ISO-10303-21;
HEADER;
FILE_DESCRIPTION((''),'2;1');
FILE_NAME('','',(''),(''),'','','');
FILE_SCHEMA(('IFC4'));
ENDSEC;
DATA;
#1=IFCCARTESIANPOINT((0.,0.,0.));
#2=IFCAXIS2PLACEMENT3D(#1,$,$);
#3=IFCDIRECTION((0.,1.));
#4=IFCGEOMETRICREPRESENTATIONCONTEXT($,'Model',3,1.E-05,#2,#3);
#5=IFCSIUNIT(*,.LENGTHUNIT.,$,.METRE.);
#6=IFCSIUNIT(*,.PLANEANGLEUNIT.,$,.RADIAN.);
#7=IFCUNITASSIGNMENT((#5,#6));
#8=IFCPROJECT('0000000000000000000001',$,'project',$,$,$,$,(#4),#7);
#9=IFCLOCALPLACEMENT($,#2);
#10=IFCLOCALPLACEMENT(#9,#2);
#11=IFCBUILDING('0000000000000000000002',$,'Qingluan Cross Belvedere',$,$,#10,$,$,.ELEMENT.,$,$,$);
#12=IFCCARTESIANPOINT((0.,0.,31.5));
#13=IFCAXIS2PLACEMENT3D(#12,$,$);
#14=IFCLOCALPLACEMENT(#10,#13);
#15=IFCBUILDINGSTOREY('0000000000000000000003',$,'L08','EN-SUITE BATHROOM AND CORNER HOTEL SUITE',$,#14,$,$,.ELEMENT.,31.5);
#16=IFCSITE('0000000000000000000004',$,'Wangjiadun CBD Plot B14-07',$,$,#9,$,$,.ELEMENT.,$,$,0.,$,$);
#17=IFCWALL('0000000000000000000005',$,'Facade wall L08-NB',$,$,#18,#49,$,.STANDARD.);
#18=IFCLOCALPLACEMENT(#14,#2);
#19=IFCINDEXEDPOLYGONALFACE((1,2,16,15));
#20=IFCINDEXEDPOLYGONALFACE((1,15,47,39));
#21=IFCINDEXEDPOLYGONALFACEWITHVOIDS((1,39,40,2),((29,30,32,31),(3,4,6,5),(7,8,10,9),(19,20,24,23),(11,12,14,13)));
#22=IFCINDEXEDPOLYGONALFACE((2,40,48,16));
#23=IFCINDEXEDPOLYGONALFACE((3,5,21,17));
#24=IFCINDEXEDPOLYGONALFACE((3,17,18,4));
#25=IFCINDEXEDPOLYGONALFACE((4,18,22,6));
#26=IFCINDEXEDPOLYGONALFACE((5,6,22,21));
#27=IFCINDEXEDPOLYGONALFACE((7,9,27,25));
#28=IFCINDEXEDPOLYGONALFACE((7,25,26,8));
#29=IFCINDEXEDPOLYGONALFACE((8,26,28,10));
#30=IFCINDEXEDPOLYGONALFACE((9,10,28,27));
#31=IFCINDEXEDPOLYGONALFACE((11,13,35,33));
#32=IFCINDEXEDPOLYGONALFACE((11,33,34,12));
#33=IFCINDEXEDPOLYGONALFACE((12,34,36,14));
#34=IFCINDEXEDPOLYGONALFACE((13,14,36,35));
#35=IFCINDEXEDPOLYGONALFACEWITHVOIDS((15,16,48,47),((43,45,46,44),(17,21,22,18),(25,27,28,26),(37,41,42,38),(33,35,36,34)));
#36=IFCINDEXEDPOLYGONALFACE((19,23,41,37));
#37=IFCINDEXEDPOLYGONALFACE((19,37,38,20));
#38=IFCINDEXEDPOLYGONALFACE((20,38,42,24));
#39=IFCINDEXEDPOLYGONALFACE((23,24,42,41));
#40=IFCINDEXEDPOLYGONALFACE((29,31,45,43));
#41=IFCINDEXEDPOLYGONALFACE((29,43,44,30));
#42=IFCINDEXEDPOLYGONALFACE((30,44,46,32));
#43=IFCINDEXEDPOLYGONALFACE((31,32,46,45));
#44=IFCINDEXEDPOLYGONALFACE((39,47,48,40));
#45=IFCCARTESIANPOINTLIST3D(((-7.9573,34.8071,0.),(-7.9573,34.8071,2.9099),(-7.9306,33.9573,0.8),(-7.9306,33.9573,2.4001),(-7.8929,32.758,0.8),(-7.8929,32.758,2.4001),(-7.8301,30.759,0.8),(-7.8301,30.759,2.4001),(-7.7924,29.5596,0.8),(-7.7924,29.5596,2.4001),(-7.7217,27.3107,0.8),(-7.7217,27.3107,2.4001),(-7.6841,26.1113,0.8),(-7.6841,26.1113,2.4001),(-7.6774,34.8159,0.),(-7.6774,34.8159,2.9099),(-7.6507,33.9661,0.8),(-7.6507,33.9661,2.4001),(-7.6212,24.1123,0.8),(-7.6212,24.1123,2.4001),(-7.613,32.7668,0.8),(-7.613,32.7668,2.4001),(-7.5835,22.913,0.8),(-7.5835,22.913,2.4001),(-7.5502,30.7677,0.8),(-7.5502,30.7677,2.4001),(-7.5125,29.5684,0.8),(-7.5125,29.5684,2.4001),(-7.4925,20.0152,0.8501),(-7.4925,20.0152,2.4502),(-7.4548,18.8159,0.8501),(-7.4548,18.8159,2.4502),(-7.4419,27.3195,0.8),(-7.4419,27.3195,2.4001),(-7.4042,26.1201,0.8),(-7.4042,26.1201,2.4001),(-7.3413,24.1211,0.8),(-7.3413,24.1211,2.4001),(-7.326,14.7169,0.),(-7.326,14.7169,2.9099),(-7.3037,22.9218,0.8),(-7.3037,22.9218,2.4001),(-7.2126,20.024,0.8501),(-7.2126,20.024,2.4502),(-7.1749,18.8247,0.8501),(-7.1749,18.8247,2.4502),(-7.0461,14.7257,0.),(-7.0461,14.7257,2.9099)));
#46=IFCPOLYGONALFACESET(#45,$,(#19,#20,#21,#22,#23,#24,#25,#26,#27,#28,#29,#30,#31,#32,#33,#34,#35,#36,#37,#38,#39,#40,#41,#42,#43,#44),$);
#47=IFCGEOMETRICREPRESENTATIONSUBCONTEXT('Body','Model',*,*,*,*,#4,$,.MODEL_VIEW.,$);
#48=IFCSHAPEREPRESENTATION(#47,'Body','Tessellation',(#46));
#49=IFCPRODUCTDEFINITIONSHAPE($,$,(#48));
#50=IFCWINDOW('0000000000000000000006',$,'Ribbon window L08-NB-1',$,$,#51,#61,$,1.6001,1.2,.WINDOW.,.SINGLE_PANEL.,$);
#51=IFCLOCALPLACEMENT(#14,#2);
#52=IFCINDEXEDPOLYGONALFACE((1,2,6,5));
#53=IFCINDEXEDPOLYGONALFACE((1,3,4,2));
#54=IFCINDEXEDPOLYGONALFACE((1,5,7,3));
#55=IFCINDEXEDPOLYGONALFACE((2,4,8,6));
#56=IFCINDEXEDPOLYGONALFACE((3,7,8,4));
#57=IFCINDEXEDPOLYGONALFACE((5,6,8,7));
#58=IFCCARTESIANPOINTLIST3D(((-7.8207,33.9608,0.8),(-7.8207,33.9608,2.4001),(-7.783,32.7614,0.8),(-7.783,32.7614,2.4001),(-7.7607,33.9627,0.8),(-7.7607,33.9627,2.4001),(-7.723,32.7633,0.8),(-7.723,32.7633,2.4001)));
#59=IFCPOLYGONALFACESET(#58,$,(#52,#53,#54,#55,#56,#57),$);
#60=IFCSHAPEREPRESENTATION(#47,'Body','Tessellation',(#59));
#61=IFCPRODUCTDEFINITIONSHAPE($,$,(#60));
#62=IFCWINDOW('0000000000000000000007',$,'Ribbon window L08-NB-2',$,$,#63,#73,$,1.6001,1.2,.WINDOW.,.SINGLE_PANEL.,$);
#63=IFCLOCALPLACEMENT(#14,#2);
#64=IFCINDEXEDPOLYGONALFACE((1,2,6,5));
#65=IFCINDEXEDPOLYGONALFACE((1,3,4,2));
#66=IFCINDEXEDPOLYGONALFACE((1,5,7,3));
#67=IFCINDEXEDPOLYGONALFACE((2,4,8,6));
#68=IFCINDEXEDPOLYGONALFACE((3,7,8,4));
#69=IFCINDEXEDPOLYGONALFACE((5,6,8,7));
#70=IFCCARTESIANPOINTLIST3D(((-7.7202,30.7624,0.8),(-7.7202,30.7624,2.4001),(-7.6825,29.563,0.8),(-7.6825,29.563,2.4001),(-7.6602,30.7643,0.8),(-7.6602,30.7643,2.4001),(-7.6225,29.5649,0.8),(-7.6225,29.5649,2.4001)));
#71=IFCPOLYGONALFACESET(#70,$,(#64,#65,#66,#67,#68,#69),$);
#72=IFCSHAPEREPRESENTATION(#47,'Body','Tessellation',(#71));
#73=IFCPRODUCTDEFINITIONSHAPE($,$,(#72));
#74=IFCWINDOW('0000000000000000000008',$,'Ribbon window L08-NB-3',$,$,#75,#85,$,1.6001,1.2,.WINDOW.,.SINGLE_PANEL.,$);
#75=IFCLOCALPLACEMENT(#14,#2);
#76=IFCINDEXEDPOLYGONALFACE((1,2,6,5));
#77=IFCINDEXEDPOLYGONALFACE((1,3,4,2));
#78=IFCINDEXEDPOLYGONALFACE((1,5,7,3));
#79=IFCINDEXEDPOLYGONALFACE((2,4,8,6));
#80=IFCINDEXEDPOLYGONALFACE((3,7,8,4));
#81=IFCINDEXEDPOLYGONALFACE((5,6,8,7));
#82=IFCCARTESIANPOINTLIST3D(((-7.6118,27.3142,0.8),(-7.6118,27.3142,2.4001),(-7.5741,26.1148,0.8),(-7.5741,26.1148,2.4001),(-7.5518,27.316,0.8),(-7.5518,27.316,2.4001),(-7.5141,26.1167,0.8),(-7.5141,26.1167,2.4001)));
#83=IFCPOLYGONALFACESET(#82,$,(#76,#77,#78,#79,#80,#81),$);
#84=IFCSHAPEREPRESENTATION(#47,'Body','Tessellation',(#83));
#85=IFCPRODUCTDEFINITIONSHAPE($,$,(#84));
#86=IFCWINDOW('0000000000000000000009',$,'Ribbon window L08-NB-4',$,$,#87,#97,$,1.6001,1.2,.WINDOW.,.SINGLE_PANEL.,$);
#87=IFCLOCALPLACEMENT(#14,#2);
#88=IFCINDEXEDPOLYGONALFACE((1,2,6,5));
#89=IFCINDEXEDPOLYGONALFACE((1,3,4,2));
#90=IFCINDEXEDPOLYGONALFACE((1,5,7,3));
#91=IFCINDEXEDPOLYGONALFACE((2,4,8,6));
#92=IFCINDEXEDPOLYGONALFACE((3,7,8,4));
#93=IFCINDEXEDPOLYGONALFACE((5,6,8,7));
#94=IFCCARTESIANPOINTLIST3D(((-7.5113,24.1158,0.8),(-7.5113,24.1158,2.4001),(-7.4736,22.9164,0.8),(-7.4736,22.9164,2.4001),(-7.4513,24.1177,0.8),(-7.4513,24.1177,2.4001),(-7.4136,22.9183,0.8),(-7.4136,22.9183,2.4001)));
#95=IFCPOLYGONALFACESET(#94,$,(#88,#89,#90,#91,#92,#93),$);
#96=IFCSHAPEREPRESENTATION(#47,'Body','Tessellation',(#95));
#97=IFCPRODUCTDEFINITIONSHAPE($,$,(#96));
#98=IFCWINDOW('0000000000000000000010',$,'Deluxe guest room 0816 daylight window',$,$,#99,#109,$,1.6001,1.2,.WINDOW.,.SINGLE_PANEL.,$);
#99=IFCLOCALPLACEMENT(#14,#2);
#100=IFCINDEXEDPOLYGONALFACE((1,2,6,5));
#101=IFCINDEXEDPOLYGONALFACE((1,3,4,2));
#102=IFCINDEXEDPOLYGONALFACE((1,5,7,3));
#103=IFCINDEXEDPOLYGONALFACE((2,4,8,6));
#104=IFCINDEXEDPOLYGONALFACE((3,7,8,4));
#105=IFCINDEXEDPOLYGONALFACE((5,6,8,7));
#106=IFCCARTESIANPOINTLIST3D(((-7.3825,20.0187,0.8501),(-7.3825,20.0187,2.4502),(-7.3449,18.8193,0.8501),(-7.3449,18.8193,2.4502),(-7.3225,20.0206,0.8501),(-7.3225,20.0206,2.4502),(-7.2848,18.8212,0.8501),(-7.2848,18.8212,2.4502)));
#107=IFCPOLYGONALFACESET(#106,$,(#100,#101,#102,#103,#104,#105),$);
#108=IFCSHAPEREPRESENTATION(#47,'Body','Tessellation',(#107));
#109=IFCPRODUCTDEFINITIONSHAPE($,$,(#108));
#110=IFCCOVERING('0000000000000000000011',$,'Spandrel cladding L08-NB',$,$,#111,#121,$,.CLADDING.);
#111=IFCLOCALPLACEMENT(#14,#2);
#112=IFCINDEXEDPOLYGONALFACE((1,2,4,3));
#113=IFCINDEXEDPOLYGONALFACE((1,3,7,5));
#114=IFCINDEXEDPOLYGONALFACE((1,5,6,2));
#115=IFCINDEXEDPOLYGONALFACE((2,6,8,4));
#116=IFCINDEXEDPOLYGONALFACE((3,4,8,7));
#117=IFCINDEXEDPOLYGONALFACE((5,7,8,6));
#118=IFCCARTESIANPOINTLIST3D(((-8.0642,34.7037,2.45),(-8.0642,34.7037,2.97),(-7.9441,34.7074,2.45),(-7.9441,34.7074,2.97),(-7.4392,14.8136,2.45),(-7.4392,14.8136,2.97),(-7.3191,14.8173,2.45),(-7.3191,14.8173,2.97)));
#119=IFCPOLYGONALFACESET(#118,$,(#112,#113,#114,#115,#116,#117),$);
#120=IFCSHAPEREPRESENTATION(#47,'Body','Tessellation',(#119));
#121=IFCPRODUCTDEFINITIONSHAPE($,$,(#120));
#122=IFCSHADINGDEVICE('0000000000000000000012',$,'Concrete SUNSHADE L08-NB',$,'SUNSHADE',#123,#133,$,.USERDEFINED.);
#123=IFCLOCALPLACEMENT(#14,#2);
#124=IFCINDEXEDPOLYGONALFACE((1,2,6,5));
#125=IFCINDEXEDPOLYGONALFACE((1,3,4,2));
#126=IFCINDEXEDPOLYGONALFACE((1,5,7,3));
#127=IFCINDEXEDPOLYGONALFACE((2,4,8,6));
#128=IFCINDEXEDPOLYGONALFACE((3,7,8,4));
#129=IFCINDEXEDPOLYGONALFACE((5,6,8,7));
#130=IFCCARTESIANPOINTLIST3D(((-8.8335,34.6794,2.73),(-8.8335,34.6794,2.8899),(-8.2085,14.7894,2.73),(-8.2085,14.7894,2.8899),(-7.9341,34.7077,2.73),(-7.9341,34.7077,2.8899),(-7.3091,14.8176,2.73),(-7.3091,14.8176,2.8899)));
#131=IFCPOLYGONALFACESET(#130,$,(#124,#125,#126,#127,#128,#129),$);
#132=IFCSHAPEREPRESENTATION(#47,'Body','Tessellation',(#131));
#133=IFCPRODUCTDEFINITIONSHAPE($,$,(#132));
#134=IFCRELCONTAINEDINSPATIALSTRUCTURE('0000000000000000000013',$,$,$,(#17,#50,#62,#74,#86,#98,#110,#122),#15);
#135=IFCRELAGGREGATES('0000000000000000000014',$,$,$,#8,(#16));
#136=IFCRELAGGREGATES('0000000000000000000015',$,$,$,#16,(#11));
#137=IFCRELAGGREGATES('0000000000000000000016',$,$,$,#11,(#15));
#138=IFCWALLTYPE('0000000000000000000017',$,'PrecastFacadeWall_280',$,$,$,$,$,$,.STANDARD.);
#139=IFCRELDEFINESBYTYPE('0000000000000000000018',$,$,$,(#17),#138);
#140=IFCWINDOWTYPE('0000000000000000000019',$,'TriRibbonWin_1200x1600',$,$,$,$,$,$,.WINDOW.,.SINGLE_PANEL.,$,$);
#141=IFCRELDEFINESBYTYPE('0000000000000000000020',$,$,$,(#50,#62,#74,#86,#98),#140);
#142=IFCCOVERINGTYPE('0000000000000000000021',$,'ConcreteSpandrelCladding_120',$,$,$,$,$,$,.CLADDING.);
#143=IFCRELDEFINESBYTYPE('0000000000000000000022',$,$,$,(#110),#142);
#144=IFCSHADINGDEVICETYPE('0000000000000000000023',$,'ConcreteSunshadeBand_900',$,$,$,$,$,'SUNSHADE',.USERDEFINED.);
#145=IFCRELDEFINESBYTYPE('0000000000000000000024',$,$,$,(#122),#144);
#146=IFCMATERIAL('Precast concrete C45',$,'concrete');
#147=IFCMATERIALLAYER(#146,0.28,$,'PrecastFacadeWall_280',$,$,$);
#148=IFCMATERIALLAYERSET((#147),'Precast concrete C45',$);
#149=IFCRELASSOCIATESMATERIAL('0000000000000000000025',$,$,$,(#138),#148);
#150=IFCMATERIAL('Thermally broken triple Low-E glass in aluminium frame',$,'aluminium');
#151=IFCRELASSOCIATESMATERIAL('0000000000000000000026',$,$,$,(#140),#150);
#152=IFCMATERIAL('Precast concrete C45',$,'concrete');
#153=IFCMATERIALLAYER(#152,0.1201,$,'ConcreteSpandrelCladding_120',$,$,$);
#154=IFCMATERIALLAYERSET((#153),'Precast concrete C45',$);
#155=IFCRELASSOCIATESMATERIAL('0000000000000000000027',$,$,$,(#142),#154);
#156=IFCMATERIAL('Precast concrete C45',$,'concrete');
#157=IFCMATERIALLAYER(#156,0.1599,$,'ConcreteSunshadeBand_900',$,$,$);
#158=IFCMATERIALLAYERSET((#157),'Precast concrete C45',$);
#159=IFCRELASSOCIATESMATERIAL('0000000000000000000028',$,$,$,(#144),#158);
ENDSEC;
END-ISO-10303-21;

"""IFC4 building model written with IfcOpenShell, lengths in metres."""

from ifc_helpers import new_model, si_unit, direction, frame, frame_2d, origin, origin_2d, place, context, subcontext, project, spatial, rectangle, extrude, material, layer, layer_set, type_object, element, fill, save


model = new_model("IFC4")

# Units and contexts
model_context = context("Model", 3, precision=1e-05, world=origin(), true_north=direction((0.0, 1.0)))
body_context = subcontext(model_context, "Body", "Model", "MODEL_VIEW")
ifc_project = project(units=[si_unit("LENGTHUNIT", "METRE"), si_unit("PLANEANGLEUNIT", "RADIAN")], contexts=[model_context])

# Site, building, storey
site_placement = place(None, origin())
site = spatial("IfcSite", under=ifc_project, at=site_placement, Name="Wangjiadun CBD Plot B14-07", CompositionType="ELEMENT", RefElevation=0.0)
building_placement = place(site_placement, origin())
building = spatial("IfcBuilding", under=site, at=building_placement, Name="Qingluan Cross Belvedere", CompositionType="ELEMENT")
storey_placement = place(building_placement, frame((0.0, 0.0, 31.5)))
storey = spatial("IfcBuildingStorey", under=building, at=storey_placement, Name="L08", Description="EN-SUITE BATHROOM AND CORNER HOTEL SUITE", CompositionType="ELEMENT", Elevation=31.5)

# Wall, openings, windows
ifc_material_1 = material(Name="Precast concrete C45", Category="concrete")
ifc_layer_1 = layer(ifc_material_1, 0.28, Name="PrecastFacadeWall_280")
ifc_layer_set_1 = layer_set([ifc_layer_1], Name="Precast concrete C45")
wall_type_1 = type_object("IfcWallType", Name="PrecastFacadeWall_280", PredefinedType="STANDARD", material=ifc_layer_set_1)
wall_1_placement = place(storey_placement, frame((-7.8174, 34.8115, 0.0), z_axis=(0.0, 0.0, 1.0), x_axis=(0.03141, -0.999507, 0.0)))
wall_1 = element("IfcWall", 1, at=wall_1_placement, inside=storey, type_object=wall_type_1, Name="Facade wall L08-NB", PredefinedType="STANDARD", context=body_context, shape_type="SweptSolid", body=[
    extrude(rectangle(XDim=20.1001, YDim=0.28, at=frame_2d((10.05, 0.0))), origin(), (0.0, 0.0, 1.0), 2.9099),
])
opening_1_placement = place(wall_1_placement, frame((0.8501, 0.0, 0.8)))
opening_1 = element("IfcOpeningElement", 2, at=opening_1_placement, cuts=wall_1, PredefinedType="OPENING", context=body_context, shape_type="SweptSolid", body=[
    extrude(rectangle(XDim=1.2, YDim=1.6001, at=frame_2d((0.6001, 0.8))), frame((0.0, 0.1499, 0.0), z_axis=(0.0, -1.0, 0.0), x_axis=(1.0, 0.0, 0.0)), (0.0, 0.0, 1.0), 0.3),
])
opening_2_placement = place(wall_1_placement, frame((4.05, 0.0, 0.8)))
opening_2 = element("IfcOpeningElement", 3, at=opening_2_placement, cuts=wall_1, PredefinedType="OPENING", context=body_context, shape_type="SweptSolid", body=[
    extrude(rectangle(XDim=1.2, YDim=1.6001, at=frame_2d((0.6001, 0.8))), frame((0.0, 0.1499, 0.0), z_axis=(0.0, -1.0, 0.0), x_axis=(1.0, 0.0, 0.0)), (0.0, 0.0, 1.0), 0.3),
])
opening_3_placement = place(wall_1_placement, frame((7.5, 0.0, 0.8)))
opening_3 = element("IfcOpeningElement", 4, at=opening_3_placement, cuts=wall_1, PredefinedType="OPENING", context=body_context, shape_type="SweptSolid", body=[
    extrude(rectangle(XDim=1.2, YDim=1.6001, at=frame_2d((0.6001, 0.8))), frame((0.0, 0.1499, 0.0), z_axis=(0.0, -1.0, 0.0), x_axis=(1.0, 0.0, 0.0)), (0.0, 0.0, 1.0), 0.3),
])
opening_4_placement = place(wall_1_placement, frame((10.7, 0.0, 0.8)))
opening_4 = element("IfcOpeningElement", 5, at=opening_4_placement, cuts=wall_1, PredefinedType="OPENING", context=body_context, shape_type="SweptSolid", body=[
    extrude(rectangle(XDim=1.2, YDim=1.6001, at=frame_2d((0.6001, 0.8))), frame((0.0, 0.1499, 0.0), z_axis=(0.0, -1.0, 0.0), x_axis=(1.0, 0.0, 0.0)), (0.0, 0.0, 1.0), 0.3),
])
opening_5_placement = place(wall_1_placement, frame((14.7991, 0.0, 0.8501)))
opening_5 = element("IfcOpeningElement", 6, at=opening_5_placement, cuts=wall_1, PredefinedType="OPENING", context=body_context, shape_type="SweptSolid", body=[
    extrude(rectangle(XDim=1.2, YDim=1.6001, at=frame_2d((0.6001, 0.8))), frame((0.0, 0.1499, 0.0), z_axis=(0.0, -1.0, 0.0), x_axis=(1.0, 0.0, 0.0)), (0.0, 0.0, 1.0), 0.3),
])
ifc_material_2 = material(Name="Thermally broken triple Low-E glass in aluminium frame", Category="aluminium")
window_type = type_object("IfcWindowType", Name="TriRibbonWin_1200x1600", PartitioningType="SINGLE_PANEL", PredefinedType="WINDOW", material=ifc_material_2)
window_1_placement = place(opening_1_placement, origin())
window_1 = element("IfcWindow", 7, at=window_1_placement, inside=storey, type_object=window_type, Name="Ribbon window L08-NB-1", OverallHeight=1.6001, OverallWidth=1.2, PartitioningType="SINGLE_PANEL", PredefinedType="WINDOW", context=body_context, shape_type="SweptSolid", body=[
    extrude(rectangle(XDim=1.2, YDim=1.6001, at=frame_2d((0.6001, 0.8))), frame((0.0, 0.03, 0.0), z_axis=(0.0, -1.0, 0.0), x_axis=(1.0, 0.0, 0.0)), (0.0, 0.0, 1.0), 0.0601),
])
fill(opening_1, window_1)
window_2_placement = place(opening_2_placement, origin())
window_2 = element("IfcWindow", 8, at=window_2_placement, inside=storey, type_object=window_type, Name="Ribbon window L08-NB-2", OverallHeight=1.6001, OverallWidth=1.2, PartitioningType="SINGLE_PANEL", PredefinedType="WINDOW", context=body_context, shape_type="SweptSolid", body=[
    extrude(rectangle(XDim=1.2, YDim=1.6001, at=frame_2d((0.6001, 0.8))), frame((0.0, 0.03, 0.0), z_axis=(0.0, -1.0, 0.0), x_axis=(1.0, 0.0, 0.0)), (0.0, 0.0, 1.0), 0.0601),
])
fill(opening_2, window_2)
window_3_placement = place(opening_3_placement, origin())
window_3 = element("IfcWindow", 9, at=window_3_placement, inside=storey, type_object=window_type, Name="Ribbon window L08-NB-3", OverallHeight=1.6001, OverallWidth=1.2, PartitioningType="SINGLE_PANEL", PredefinedType="WINDOW", context=body_context, shape_type="SweptSolid", body=[
    extrude(rectangle(XDim=1.2, YDim=1.6001, at=frame_2d((0.6001, 0.8))), frame((0.0, 0.03, 0.0), z_axis=(0.0, -1.0, 0.0), x_axis=(1.0, 0.0, 0.0)), (0.0, 0.0, 1.0), 0.0601),
])
fill(opening_3, window_3)
window_4_placement = place(opening_4_placement, origin())
window_4 = element("IfcWindow", 10, at=window_4_placement, inside=storey, type_object=window_type, Name="Ribbon window L08-NB-4", OverallHeight=1.6001, OverallWidth=1.2, PartitioningType="SINGLE_PANEL", PredefinedType="WINDOW", context=body_context, shape_type="SweptSolid", body=[
    extrude(rectangle(XDim=1.2, YDim=1.6001, at=frame_2d((0.6001, 0.8))), frame((0.0, 0.03, 0.0), z_axis=(0.0, -1.0, 0.0), x_axis=(1.0, 0.0, 0.0)), (0.0, 0.0, 1.0), 0.0601),
])
fill(opening_4, window_4)
window_5_placement = place(opening_5_placement, origin())
window_5 = element("IfcWindow", 11, at=window_5_placement, inside=storey, type_object=window_type, Name="Deluxe guest room 0816 daylight window", OverallHeight=1.6001, OverallWidth=1.2, PartitioningType="SINGLE_PANEL", PredefinedType="WINDOW", context=body_context, shape_type="SweptSolid", body=[
    extrude(rectangle(XDim=1.2, YDim=1.6001, at=frame_2d((0.6001, 0.8))), frame((0.0, 0.03, 0.0), z_axis=(0.0, -1.0, 0.0), x_axis=(1.0, 0.0, 0.0)), (0.0, 0.0, 1.0), 0.0601),
])
fill(opening_5, window_5)

# Covering
ifc_material_3 = material(Name="Precast concrete C45", Category="concrete")
ifc_layer_2 = layer(ifc_material_3, 0.1201, Name="ConcreteSpandrelCladding_120")
ifc_layer_set_2 = layer_set([ifc_layer_2], Name="Precast concrete C45")
covering_type = type_object("IfcCoveringType", Name="ConcreteSpandrelCladding_120", PredefinedType="CLADDING", material=ifc_layer_set_2)
covering_placement = place(storey_placement, frame((-7.6917, 24.7605, 2.45), z_axis=(0.0, 0.0, 1.0), x_axis=(0.031408, -0.999507, 0.0)))
element("IfcCovering", 12, at=covering_placement, inside=storey, type_object=covering_type, Name="Spandrel cladding L08-NB", PredefinedType="CLADDING", context=body_context, shape_type="SweptSolid", body=[
    extrude(rectangle(XDim=19.8999, YDim=0.1201, at=origin_2d()), origin(), (0.0, 0.0, 1.0), 0.52),
])

# Shading device
ifc_material_4 = material(Name="Precast concrete C45", Category="concrete")
ifc_layer_3 = layer(ifc_material_4, 0.1599, Name="ConcreteSunshadeBand_900")
ifc_layer_set_3 = layer_set([ifc_layer_3], Name="Precast concrete C45")
shading_device_type = type_object("IfcShadingDeviceType", Name="ConcreteSunshadeBand_900", ElementType="SUNSHADE", PredefinedType="USERDEFINED", material=ifc_layer_set_3)
shading_device_placement = place(storey_placement, frame((-8.0713, 24.7485, 2.73), z_axis=(0.0, 0.0, 1.0), x_axis=(0.031408, -0.999507, 0.0)))
element("IfcShadingDevice", 13, at=shading_device_placement, inside=storey, type_object=shading_device_type, Name="Concrete SUNSHADE L08-NB", ObjectType="SUNSHADE", PredefinedType="USERDEFINED", context=body_context, shape_type="SweptSolid", body=[
    extrude(rectangle(XDim=19.8999, YDim=0.8999, at=origin_2d()), origin(), (0.0, 0.0, 1.0), 0.1599),
])

save(model, "model.ifc")
